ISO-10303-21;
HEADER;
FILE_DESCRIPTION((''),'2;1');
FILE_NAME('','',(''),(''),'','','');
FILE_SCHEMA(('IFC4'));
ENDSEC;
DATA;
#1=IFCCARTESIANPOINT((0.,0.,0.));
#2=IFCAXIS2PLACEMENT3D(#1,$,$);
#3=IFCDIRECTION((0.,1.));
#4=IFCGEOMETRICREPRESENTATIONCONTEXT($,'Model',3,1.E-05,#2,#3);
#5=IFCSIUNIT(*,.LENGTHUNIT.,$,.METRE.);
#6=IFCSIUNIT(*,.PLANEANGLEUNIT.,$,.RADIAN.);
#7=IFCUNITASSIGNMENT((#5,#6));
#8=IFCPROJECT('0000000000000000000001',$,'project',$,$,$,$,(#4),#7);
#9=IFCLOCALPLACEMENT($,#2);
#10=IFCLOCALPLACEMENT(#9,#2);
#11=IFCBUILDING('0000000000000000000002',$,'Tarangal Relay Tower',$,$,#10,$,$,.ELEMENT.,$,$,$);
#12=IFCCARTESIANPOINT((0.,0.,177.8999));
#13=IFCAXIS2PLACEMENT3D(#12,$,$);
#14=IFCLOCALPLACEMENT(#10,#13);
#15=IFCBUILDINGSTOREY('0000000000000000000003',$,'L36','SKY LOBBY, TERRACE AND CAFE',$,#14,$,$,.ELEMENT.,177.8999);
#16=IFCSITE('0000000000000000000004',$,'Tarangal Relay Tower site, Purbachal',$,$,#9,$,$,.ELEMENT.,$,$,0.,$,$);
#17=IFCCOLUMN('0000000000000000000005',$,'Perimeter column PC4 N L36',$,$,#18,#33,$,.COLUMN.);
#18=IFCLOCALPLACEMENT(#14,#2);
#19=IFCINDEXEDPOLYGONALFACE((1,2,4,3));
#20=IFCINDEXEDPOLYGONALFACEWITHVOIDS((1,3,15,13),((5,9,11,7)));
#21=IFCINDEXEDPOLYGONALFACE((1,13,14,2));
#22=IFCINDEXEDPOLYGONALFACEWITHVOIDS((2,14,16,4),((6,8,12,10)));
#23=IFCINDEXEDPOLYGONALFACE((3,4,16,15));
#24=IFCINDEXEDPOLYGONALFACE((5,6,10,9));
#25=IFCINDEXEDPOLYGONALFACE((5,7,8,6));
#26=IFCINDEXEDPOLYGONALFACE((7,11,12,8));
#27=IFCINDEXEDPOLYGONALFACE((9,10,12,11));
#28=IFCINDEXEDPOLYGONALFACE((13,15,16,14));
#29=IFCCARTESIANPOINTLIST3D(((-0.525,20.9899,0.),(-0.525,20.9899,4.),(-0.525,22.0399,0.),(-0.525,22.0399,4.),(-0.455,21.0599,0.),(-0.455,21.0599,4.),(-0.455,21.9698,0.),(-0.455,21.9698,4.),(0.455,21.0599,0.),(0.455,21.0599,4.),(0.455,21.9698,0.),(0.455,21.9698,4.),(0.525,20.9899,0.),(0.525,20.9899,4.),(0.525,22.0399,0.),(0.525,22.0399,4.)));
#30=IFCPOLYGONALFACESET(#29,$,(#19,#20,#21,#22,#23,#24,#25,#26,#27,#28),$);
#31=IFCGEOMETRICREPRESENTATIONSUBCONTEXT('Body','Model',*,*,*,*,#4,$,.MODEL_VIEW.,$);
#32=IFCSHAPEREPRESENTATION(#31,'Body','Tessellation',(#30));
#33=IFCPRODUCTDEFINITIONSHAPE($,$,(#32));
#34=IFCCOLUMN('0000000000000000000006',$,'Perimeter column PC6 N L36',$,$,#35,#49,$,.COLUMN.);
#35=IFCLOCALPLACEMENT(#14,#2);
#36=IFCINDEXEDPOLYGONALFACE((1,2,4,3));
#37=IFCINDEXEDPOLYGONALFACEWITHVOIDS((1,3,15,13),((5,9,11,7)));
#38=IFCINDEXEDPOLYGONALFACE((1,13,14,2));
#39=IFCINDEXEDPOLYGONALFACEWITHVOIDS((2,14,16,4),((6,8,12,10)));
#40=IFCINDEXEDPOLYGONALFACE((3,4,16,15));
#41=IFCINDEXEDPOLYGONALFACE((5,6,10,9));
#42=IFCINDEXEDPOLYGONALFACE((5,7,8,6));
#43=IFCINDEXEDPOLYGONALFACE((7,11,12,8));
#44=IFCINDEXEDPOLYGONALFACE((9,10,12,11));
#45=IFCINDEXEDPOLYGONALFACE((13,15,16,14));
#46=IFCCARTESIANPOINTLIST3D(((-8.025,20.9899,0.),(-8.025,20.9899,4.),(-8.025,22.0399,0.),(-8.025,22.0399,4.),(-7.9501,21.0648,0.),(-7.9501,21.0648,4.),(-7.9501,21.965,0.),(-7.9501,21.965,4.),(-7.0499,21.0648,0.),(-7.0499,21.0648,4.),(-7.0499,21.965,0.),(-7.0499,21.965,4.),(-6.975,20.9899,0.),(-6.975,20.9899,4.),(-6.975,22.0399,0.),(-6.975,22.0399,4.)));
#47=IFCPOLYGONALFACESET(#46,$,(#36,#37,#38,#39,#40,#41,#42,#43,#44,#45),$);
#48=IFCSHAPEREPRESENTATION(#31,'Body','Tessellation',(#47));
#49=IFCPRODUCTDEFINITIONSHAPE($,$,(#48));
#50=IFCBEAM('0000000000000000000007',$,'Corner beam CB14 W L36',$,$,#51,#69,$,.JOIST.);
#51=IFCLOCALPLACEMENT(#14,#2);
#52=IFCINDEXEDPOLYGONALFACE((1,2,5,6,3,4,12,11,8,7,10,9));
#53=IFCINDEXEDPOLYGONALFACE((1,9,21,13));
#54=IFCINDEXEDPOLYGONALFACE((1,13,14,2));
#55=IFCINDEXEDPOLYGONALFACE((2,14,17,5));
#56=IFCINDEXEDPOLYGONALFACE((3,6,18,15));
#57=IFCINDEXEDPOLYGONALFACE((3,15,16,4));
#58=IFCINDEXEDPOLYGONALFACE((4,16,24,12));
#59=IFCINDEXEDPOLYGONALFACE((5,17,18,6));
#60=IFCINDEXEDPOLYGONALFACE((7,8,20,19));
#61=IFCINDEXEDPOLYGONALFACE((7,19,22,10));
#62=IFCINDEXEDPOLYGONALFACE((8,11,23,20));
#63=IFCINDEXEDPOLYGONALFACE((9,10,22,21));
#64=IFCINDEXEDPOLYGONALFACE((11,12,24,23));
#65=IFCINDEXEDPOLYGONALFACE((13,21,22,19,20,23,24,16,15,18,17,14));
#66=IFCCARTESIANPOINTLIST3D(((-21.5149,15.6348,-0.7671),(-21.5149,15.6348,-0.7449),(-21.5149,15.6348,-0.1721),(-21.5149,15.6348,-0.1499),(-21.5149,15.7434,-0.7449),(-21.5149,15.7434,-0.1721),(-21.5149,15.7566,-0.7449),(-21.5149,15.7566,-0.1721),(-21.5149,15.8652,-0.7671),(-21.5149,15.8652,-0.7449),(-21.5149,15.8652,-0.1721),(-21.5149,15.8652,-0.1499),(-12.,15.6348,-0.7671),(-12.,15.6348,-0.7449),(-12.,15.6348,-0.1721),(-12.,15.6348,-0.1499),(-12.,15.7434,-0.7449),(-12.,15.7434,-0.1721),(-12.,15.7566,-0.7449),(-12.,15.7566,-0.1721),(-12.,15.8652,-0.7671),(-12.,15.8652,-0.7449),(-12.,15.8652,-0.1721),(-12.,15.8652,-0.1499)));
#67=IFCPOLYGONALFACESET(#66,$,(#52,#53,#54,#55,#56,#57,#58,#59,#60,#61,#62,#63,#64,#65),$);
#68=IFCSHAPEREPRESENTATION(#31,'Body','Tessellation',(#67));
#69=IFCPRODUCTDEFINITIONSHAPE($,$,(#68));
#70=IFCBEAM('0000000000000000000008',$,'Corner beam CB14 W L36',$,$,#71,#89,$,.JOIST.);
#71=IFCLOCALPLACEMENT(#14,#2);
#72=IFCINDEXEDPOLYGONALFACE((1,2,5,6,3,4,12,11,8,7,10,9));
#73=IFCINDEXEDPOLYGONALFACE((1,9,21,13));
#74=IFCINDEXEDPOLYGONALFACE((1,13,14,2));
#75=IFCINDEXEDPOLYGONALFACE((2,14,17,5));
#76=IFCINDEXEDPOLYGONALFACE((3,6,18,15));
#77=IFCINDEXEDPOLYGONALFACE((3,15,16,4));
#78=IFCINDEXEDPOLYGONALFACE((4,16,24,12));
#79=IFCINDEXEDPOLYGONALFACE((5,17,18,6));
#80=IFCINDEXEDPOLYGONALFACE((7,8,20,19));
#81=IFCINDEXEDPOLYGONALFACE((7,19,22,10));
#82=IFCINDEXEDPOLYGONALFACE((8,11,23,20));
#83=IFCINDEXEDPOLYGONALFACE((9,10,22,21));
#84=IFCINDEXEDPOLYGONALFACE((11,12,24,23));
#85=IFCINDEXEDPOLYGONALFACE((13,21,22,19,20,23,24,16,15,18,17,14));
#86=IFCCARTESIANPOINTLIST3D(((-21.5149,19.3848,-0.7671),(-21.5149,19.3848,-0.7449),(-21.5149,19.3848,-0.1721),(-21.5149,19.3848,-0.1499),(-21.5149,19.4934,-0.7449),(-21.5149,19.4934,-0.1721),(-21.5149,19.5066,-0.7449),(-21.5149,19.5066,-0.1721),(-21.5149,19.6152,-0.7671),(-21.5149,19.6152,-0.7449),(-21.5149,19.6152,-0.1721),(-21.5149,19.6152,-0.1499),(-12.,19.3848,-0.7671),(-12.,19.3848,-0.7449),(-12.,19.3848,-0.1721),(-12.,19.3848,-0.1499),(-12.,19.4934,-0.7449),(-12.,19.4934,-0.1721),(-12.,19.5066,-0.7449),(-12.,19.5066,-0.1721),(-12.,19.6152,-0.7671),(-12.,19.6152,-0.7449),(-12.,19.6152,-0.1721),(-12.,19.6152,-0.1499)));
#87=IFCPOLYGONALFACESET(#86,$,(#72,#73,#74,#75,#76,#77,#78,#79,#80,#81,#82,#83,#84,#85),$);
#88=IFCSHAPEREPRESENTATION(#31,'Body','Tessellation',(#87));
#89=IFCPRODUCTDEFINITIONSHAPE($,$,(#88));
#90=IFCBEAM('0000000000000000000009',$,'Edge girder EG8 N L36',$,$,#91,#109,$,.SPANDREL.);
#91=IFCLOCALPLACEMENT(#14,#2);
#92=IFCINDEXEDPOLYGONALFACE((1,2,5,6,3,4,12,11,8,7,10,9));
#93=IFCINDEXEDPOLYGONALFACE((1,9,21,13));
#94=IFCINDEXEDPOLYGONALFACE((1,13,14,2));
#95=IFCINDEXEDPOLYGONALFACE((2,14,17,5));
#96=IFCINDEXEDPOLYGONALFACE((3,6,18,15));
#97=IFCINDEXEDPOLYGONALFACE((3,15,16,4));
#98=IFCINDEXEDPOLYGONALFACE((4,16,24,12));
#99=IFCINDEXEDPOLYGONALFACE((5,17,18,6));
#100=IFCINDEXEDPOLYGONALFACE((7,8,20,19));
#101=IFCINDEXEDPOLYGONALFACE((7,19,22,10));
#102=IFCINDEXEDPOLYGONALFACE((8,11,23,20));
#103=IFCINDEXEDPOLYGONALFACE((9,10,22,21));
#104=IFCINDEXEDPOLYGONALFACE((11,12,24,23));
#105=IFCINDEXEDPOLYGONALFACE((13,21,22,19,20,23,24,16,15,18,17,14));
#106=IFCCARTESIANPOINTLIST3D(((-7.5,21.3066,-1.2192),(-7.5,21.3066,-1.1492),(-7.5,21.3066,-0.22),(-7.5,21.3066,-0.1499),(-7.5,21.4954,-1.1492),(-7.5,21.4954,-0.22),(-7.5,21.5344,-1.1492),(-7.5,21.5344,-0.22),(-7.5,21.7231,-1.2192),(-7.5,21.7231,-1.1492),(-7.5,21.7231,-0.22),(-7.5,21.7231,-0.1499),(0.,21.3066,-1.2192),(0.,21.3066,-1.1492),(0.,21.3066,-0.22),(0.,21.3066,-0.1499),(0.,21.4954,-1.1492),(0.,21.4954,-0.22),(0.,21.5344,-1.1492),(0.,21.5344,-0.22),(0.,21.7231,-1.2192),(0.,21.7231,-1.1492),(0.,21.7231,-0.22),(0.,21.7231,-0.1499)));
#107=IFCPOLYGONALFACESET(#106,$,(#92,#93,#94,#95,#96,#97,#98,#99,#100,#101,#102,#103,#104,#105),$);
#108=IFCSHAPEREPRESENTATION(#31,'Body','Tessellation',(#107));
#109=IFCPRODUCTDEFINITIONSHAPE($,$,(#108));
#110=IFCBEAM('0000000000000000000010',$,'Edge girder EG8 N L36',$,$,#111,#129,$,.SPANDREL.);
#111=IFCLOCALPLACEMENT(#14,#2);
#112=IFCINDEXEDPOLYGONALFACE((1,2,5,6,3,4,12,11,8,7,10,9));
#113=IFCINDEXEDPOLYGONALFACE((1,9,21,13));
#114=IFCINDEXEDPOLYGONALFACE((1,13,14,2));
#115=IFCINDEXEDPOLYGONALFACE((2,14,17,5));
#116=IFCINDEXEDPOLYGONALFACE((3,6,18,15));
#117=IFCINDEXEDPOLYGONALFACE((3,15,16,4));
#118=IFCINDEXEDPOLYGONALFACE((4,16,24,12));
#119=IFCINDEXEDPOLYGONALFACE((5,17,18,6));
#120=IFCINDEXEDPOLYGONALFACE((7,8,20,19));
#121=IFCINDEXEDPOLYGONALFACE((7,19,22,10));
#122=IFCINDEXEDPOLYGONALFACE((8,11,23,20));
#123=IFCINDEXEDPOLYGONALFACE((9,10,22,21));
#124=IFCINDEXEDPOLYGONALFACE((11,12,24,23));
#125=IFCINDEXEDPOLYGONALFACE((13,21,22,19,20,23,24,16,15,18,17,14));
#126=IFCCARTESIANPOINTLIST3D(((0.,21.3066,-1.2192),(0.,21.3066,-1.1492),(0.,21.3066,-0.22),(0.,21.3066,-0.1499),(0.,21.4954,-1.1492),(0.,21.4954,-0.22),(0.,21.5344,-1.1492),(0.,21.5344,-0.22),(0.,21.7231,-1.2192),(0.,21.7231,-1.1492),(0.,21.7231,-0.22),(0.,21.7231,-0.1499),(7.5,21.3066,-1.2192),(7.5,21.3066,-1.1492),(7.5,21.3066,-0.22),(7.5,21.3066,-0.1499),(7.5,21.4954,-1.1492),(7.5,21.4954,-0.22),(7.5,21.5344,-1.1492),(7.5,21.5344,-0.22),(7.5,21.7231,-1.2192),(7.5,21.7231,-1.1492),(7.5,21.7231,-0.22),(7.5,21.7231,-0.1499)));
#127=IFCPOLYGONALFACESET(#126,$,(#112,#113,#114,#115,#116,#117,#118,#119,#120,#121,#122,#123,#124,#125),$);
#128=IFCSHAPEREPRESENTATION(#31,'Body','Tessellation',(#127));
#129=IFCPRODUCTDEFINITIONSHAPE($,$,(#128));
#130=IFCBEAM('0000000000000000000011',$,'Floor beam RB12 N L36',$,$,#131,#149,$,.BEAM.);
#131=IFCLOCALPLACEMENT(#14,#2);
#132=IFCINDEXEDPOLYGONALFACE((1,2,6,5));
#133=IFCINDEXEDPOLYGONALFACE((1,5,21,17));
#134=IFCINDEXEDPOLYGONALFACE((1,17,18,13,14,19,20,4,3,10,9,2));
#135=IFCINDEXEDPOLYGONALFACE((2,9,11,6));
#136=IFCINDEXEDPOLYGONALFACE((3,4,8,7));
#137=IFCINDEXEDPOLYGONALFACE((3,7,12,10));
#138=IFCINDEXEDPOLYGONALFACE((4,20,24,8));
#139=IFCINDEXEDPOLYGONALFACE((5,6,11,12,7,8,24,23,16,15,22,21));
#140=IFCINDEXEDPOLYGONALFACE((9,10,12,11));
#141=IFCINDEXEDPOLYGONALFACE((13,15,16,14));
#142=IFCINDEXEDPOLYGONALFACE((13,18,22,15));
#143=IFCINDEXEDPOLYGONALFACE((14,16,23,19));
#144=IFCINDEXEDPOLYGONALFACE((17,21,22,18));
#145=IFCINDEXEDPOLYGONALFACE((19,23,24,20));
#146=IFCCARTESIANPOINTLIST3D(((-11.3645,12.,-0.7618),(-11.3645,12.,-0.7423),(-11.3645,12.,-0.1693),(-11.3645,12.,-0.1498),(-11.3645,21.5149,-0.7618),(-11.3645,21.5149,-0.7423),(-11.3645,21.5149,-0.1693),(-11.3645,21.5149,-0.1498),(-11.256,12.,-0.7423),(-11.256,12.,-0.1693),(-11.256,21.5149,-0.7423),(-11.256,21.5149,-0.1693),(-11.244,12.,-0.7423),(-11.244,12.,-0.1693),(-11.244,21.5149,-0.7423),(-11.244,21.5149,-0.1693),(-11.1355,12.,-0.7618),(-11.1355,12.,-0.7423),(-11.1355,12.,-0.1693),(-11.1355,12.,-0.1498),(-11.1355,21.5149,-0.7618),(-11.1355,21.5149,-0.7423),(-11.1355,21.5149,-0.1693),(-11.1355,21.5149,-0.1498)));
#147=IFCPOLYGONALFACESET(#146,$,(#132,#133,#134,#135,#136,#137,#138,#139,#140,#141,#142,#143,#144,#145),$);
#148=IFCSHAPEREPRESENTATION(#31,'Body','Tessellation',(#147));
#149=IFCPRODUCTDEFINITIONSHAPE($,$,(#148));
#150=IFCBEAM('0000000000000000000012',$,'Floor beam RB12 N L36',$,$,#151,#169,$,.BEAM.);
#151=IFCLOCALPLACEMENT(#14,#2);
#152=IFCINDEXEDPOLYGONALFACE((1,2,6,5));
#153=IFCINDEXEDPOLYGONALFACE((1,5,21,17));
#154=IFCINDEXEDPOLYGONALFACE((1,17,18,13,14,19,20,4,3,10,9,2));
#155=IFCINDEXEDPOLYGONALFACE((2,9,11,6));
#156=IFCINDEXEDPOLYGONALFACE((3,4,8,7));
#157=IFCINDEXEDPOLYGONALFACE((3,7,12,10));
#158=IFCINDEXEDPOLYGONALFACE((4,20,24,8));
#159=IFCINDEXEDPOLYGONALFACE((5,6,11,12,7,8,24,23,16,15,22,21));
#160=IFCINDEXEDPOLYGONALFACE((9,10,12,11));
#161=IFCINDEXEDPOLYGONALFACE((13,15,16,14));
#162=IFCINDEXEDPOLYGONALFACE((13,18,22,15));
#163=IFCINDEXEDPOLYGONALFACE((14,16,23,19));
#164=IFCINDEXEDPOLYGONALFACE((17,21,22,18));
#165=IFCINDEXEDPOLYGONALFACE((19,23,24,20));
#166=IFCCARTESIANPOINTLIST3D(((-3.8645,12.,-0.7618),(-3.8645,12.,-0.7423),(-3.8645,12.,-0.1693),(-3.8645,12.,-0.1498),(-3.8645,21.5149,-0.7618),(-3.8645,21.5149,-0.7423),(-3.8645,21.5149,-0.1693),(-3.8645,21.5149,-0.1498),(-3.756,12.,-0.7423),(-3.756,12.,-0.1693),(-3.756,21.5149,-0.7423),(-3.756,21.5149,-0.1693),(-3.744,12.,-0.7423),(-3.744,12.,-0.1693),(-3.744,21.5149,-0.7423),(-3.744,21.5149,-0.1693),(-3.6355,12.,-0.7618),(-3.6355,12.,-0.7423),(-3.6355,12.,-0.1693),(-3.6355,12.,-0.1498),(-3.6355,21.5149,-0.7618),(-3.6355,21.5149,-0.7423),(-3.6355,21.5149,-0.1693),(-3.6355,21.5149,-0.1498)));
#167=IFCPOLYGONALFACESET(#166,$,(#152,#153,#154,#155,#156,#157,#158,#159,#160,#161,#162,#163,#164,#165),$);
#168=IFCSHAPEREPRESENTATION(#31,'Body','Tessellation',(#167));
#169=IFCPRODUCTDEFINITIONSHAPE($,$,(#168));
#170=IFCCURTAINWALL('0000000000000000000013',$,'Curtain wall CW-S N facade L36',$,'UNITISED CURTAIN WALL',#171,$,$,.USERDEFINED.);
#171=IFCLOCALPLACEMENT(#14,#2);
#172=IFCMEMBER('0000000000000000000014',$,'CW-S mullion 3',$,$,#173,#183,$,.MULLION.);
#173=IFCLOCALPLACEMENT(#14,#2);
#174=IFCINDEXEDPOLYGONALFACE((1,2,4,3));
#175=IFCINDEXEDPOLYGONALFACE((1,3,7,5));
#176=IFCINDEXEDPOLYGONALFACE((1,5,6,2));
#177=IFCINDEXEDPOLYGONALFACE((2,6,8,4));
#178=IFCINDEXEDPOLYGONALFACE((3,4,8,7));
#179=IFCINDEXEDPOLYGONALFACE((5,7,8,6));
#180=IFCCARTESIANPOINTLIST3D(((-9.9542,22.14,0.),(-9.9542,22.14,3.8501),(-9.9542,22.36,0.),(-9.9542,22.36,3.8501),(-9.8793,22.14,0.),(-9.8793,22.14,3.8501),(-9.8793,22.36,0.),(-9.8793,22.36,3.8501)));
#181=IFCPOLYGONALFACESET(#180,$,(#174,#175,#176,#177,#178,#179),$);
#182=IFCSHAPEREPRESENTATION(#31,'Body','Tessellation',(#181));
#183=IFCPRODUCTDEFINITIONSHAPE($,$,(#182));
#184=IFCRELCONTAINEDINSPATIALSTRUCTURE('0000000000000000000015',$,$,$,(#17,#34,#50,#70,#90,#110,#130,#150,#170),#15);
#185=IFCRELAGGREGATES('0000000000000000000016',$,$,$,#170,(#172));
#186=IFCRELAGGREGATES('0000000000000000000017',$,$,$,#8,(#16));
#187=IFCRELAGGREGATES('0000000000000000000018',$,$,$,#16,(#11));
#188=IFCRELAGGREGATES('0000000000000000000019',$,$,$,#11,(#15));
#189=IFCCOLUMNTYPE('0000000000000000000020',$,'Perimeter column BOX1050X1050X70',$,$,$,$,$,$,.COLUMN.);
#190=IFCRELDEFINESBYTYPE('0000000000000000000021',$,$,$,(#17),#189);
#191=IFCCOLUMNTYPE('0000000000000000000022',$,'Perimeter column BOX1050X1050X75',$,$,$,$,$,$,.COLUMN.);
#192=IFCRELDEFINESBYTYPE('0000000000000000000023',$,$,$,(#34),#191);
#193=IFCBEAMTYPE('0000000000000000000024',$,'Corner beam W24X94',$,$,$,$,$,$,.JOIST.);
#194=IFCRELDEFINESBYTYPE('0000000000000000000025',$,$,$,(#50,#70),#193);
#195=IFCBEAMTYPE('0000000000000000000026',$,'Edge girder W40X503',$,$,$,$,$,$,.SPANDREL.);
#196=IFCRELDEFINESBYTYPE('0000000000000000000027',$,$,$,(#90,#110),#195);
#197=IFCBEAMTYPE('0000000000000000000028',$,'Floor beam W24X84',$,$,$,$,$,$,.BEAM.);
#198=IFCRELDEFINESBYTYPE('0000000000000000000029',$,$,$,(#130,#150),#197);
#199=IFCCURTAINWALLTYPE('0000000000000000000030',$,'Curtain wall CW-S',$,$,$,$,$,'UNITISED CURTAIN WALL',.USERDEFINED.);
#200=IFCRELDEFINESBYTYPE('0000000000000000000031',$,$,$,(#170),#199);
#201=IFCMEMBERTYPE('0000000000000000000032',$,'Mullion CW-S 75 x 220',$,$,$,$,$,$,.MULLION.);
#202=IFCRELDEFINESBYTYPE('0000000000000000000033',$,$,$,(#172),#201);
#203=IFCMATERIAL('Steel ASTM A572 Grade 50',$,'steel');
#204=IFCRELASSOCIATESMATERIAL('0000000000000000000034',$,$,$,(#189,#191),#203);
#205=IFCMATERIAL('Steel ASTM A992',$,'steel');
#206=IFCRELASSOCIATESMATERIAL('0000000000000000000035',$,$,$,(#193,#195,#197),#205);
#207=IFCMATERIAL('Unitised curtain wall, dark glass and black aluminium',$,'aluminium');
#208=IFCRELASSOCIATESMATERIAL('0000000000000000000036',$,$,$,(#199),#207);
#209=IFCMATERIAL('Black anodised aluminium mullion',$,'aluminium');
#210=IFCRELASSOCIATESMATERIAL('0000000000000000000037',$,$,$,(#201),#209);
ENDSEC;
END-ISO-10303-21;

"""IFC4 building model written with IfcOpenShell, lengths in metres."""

from ifc_helpers import new_model, si_unit, direction, frame, origin, origin_2d, place, context, subcontext, project, spatial, rectangle, hollow_rectangle, i_section, extrude, material, material_profile, profile_set, type_object, element, aggregate, save


model = new_model("IFC4")

# Units and contexts
model_context = context("Model", 3, precision=1e-05, world=origin(), true_north=direction((0.0, 1.0)))
body_context = subcontext(model_context, "Body", "Model", "MODEL_VIEW")
ifc_project = project(units=[si_unit("LENGTHUNIT", "METRE"), si_unit("PLANEANGLEUNIT", "RADIAN")], contexts=[model_context])

# Site, building, storey
site_placement = place(None, origin())
site = spatial("IfcSite", under=ifc_project, at=site_placement, Name="Tarangal Relay Tower site, Purbachal", CompositionType="ELEMENT", RefElevation=0.0)
building_placement = place(site_placement, origin())
building = spatial("IfcBuilding", under=site, at=building_placement, Name="Tarangal Relay Tower", CompositionType="ELEMENT")
storey_placement = place(building_placement, frame((0.0, 0.0, 177.8999)))
storey = spatial("IfcBuildingStorey", under=building, at=storey_placement, Name="L36", Description="SKY LOBBY, TERRACE AND CAFE", CompositionType="ELEMENT", Elevation=177.8999)

# Columns
ifc_material_1 = material(Name="Steel ASTM A572 Grade 50", Category="steel")
ifc_material_profile_1 = material_profile(ifc_material_1, hollow_rectangle(XDim=1.05, YDim=1.05, WallThickness=0.0701, at=origin_2d()), Name="BOX1050X1050X70")
ifc_profile_set_1 = profile_set([ifc_material_profile_1], Name="Steel ASTM A572 Grade 50")
column_type_1 = type_object("IfcColumnType", Name="Perimeter column BOX1050X1050X70", PredefinedType="COLUMN", material=ifc_profile_set_1)
column_1_placement = place(storey_placement, frame((0.0, 21.5149, 0.0), z_axis=(0.0, 0.0, 1.0), x_axis=(1.0, 0.0, 0.0)))
element("IfcColumn", 1, at=column_1_placement, inside=storey, type_object=column_type_1, Name="Perimeter column PC4 N L36", PredefinedType="COLUMN", context=body_context, shape_type="SweptSolid", body=[
    extrude(hollow_rectangle(XDim=1.05, YDim=1.05, WallThickness=0.0701, at=origin_2d()), origin(), (0.0, 0.0, 1.0), 4.0),
])
ifc_material_profile_2 = material_profile(ifc_material_1, hollow_rectangle(XDim=1.05, YDim=1.05, WallThickness=0.075, at=origin_2d()), Name="BOX1050X1050X75")
ifc_profile_set_2 = profile_set([ifc_material_profile_2], Name="Steel ASTM A572 Grade 50")
column_type_2 = type_object("IfcColumnType", Name="Perimeter column BOX1050X1050X75", PredefinedType="COLUMN", material=ifc_profile_set_2)
column_2_placement = place(storey_placement, frame((-7.5, 21.5149, 0.0), z_axis=(0.0, 0.0, 1.0), x_axis=(1.0, 0.0, 0.0)))
element("IfcColumn", 2, at=column_2_placement, inside=storey, type_object=column_type_2, Name="Perimeter column PC6 N L36", PredefinedType="COLUMN", context=body_context, shape_type="SweptSolid", body=[
    extrude(hollow_rectangle(XDim=1.05, YDim=1.05, WallThickness=0.075, at=origin_2d()), origin(), (0.0, 0.0, 1.0), 4.0),
])

# Beams
ifc_material_2 = material(Name="Steel ASTM A992", Category="steel")
ifc_material_profile_3 = material_profile(ifc_material_2, i_section(OverallWidth=0.2305, OverallDepth=0.6172, WebThickness=0.0132, FlangeThickness=0.0222, at=origin_2d()), Name="W24X94")
ifc_profile_set_3 = profile_set([ifc_material_profile_3], Name="Steel ASTM A992")
beam_type_1 = type_object("IfcBeamType", Name="Corner beam W24X94", PredefinedType="JOIST", material=ifc_profile_set_3)
for number, where, z_axis, x_axis, name in (
    (3, (-12.0, 15.75, -0.4585), (-1.0, 0.0, 0.0), (0.0, -1.0, 0.0), "Corner beam CB14 W L36"),
    (4, (-12.0, 19.5, -0.4585), (-1.0, 0.0, 0.0), (0.0, -1.0, 0.0), "Corner beam CB14 W L36"),
):
    element("IfcBeam", number, at=place(storey_placement, frame(where, z_axis=z_axis, x_axis=x_axis)), inside=storey, type_object=beam_type_1, Name=name, PredefinedType="JOIST", context=body_context, shape_type="SweptSolid", body=[
        extrude(i_section(OverallWidth=0.2305, OverallDepth=0.6172, WebThickness=0.0132, FlangeThickness=0.0222, at=origin_2d()), origin(), (0.0, 0.0, 1.0), 9.5149),
    ])
ifc_material_profile_4 = material_profile(ifc_material_2, i_section(OverallWidth=0.4165, OverallDepth=1.0693, WebThickness=0.0391, FlangeThickness=0.0701, at=origin_2d()), Name="W40X503")
ifc_profile_set_4 = profile_set([ifc_material_profile_4], Name="Steel ASTM A992")
beam_type_2 = type_object("IfcBeamType", Name="Edge girder W40X503", PredefinedType="SPANDREL", material=ifc_profile_set_4)
for number, where, z_axis, x_axis, name in (
    (5, (-7.5, 21.5149, -0.6846), (1.0, 0.0, 0.0), (0.0, 1.0, 0.0), "Edge girder EG8 N L36"),
    (6, (0.0, 21.5149, -0.6846), (1.0, 0.0, 0.0), (0.0, 1.0, 0.0), "Edge girder EG8 N L36"),
):
    element("IfcBeam", number, at=place(storey_placement, frame(where, z_axis=z_axis, x_axis=x_axis)), inside=storey, type_object=beam_type_2, Name=name, PredefinedType="SPANDREL", context=body_context, shape_type="SweptSolid", body=[
        extrude(i_section(OverallWidth=0.4165, OverallDepth=1.0693, WebThickness=0.0391, FlangeThickness=0.0701, at=origin_2d()), origin(), (0.0, 0.0, 1.0), 7.5),
    ])
ifc_material_profile_5 = material_profile(ifc_material_2, i_section(OverallWidth=0.229, OverallDepth=0.6121, WebThickness=0.012, FlangeThickness=0.0195, at=origin_2d()), Name="W24X84")
ifc_profile_set_5 = profile_set([ifc_material_profile_5], Name="Steel ASTM A992")
beam_type_3 = type_object("IfcBeamType", Name="Floor beam W24X84", PredefinedType="BEAM", material=ifc_profile_set_5)
for number, where, z_axis, x_axis, name in (
    (7, (-11.25, 12.0, -0.4558), (0.0, 1.0, 0.0), (-1.0, 0.0, 0.0), "Floor beam RB12 N L36"),
    (8, (-3.75, 12.0, -0.4558), (0.0, 1.0, 0.0), (-1.0, 0.0, 0.0), "Floor beam RB12 N L36"),
):
    element("IfcBeam", number, at=place(storey_placement, frame(where, z_axis=z_axis, x_axis=x_axis)), inside=storey, type_object=beam_type_3, Name=name, PredefinedType="BEAM", context=body_context, shape_type="SweptSolid", body=[
        extrude(i_section(OverallWidth=0.229, OverallDepth=0.6121, WebThickness=0.012, FlangeThickness=0.0195, at=origin_2d()), origin(), (0.0, 0.0, 1.0), 9.5149),
    ])

# Curtain wall, member
ifc_material_3 = material(Name="Unitised curtain wall, dark glass and black aluminium", Category="aluminium")
curtain_wall_type = type_object("IfcCurtainWallType", Name="Curtain wall CW-S", ElementType="UNITISED CURTAIN WALL", PredefinedType="USERDEFINED", material=ifc_material_3)
curtain_wall_1_placement = place(storey_placement, origin())
curtain_wall_1 = element("IfcCurtainWall", 9, at=curtain_wall_1_placement, inside=storey, type_object=curtain_wall_type, Name="Curtain wall CW-S N facade L36", ObjectType="UNITISED CURTAIN WALL", PredefinedType="USERDEFINED")
ifc_material_4 = material(Name="Black anodised aluminium mullion", Category="aluminium")
ifc_material_profile_6 = material_profile(ifc_material_4, rectangle(XDim=0.22, YDim=0.075, at=origin_2d()), Name="CW-SM 75X220")
ifc_profile_set_6 = profile_set([ifc_material_profile_6], Name="Black anodised aluminium mullion")
member_type_1 = type_object("IfcMemberType", Name="Mullion CW-S 75 x 220", PredefinedType="MULLION", material=ifc_profile_set_6)
member_1_placement = place(storey_placement, frame((-9.9167, 22.25, 0.0), z_axis=(0.0, 0.0, 1.0), x_axis=(0.0, 1.0, 0.0)))
member_1 = element("IfcMember", 10, at=member_1_placement, type_object=member_type_1, Name="CW-S mullion 3", PredefinedType="MULLION", context=body_context, shape_type="SweptSolid", body=[
    extrude(rectangle(XDim=0.22, YDim=0.075, at=origin_2d()), origin(), (0.0, 0.0, 1.0), 3.8501),
])

aggregate(curtain_wall_1, [member_1])

save(model, "model.ifc")
